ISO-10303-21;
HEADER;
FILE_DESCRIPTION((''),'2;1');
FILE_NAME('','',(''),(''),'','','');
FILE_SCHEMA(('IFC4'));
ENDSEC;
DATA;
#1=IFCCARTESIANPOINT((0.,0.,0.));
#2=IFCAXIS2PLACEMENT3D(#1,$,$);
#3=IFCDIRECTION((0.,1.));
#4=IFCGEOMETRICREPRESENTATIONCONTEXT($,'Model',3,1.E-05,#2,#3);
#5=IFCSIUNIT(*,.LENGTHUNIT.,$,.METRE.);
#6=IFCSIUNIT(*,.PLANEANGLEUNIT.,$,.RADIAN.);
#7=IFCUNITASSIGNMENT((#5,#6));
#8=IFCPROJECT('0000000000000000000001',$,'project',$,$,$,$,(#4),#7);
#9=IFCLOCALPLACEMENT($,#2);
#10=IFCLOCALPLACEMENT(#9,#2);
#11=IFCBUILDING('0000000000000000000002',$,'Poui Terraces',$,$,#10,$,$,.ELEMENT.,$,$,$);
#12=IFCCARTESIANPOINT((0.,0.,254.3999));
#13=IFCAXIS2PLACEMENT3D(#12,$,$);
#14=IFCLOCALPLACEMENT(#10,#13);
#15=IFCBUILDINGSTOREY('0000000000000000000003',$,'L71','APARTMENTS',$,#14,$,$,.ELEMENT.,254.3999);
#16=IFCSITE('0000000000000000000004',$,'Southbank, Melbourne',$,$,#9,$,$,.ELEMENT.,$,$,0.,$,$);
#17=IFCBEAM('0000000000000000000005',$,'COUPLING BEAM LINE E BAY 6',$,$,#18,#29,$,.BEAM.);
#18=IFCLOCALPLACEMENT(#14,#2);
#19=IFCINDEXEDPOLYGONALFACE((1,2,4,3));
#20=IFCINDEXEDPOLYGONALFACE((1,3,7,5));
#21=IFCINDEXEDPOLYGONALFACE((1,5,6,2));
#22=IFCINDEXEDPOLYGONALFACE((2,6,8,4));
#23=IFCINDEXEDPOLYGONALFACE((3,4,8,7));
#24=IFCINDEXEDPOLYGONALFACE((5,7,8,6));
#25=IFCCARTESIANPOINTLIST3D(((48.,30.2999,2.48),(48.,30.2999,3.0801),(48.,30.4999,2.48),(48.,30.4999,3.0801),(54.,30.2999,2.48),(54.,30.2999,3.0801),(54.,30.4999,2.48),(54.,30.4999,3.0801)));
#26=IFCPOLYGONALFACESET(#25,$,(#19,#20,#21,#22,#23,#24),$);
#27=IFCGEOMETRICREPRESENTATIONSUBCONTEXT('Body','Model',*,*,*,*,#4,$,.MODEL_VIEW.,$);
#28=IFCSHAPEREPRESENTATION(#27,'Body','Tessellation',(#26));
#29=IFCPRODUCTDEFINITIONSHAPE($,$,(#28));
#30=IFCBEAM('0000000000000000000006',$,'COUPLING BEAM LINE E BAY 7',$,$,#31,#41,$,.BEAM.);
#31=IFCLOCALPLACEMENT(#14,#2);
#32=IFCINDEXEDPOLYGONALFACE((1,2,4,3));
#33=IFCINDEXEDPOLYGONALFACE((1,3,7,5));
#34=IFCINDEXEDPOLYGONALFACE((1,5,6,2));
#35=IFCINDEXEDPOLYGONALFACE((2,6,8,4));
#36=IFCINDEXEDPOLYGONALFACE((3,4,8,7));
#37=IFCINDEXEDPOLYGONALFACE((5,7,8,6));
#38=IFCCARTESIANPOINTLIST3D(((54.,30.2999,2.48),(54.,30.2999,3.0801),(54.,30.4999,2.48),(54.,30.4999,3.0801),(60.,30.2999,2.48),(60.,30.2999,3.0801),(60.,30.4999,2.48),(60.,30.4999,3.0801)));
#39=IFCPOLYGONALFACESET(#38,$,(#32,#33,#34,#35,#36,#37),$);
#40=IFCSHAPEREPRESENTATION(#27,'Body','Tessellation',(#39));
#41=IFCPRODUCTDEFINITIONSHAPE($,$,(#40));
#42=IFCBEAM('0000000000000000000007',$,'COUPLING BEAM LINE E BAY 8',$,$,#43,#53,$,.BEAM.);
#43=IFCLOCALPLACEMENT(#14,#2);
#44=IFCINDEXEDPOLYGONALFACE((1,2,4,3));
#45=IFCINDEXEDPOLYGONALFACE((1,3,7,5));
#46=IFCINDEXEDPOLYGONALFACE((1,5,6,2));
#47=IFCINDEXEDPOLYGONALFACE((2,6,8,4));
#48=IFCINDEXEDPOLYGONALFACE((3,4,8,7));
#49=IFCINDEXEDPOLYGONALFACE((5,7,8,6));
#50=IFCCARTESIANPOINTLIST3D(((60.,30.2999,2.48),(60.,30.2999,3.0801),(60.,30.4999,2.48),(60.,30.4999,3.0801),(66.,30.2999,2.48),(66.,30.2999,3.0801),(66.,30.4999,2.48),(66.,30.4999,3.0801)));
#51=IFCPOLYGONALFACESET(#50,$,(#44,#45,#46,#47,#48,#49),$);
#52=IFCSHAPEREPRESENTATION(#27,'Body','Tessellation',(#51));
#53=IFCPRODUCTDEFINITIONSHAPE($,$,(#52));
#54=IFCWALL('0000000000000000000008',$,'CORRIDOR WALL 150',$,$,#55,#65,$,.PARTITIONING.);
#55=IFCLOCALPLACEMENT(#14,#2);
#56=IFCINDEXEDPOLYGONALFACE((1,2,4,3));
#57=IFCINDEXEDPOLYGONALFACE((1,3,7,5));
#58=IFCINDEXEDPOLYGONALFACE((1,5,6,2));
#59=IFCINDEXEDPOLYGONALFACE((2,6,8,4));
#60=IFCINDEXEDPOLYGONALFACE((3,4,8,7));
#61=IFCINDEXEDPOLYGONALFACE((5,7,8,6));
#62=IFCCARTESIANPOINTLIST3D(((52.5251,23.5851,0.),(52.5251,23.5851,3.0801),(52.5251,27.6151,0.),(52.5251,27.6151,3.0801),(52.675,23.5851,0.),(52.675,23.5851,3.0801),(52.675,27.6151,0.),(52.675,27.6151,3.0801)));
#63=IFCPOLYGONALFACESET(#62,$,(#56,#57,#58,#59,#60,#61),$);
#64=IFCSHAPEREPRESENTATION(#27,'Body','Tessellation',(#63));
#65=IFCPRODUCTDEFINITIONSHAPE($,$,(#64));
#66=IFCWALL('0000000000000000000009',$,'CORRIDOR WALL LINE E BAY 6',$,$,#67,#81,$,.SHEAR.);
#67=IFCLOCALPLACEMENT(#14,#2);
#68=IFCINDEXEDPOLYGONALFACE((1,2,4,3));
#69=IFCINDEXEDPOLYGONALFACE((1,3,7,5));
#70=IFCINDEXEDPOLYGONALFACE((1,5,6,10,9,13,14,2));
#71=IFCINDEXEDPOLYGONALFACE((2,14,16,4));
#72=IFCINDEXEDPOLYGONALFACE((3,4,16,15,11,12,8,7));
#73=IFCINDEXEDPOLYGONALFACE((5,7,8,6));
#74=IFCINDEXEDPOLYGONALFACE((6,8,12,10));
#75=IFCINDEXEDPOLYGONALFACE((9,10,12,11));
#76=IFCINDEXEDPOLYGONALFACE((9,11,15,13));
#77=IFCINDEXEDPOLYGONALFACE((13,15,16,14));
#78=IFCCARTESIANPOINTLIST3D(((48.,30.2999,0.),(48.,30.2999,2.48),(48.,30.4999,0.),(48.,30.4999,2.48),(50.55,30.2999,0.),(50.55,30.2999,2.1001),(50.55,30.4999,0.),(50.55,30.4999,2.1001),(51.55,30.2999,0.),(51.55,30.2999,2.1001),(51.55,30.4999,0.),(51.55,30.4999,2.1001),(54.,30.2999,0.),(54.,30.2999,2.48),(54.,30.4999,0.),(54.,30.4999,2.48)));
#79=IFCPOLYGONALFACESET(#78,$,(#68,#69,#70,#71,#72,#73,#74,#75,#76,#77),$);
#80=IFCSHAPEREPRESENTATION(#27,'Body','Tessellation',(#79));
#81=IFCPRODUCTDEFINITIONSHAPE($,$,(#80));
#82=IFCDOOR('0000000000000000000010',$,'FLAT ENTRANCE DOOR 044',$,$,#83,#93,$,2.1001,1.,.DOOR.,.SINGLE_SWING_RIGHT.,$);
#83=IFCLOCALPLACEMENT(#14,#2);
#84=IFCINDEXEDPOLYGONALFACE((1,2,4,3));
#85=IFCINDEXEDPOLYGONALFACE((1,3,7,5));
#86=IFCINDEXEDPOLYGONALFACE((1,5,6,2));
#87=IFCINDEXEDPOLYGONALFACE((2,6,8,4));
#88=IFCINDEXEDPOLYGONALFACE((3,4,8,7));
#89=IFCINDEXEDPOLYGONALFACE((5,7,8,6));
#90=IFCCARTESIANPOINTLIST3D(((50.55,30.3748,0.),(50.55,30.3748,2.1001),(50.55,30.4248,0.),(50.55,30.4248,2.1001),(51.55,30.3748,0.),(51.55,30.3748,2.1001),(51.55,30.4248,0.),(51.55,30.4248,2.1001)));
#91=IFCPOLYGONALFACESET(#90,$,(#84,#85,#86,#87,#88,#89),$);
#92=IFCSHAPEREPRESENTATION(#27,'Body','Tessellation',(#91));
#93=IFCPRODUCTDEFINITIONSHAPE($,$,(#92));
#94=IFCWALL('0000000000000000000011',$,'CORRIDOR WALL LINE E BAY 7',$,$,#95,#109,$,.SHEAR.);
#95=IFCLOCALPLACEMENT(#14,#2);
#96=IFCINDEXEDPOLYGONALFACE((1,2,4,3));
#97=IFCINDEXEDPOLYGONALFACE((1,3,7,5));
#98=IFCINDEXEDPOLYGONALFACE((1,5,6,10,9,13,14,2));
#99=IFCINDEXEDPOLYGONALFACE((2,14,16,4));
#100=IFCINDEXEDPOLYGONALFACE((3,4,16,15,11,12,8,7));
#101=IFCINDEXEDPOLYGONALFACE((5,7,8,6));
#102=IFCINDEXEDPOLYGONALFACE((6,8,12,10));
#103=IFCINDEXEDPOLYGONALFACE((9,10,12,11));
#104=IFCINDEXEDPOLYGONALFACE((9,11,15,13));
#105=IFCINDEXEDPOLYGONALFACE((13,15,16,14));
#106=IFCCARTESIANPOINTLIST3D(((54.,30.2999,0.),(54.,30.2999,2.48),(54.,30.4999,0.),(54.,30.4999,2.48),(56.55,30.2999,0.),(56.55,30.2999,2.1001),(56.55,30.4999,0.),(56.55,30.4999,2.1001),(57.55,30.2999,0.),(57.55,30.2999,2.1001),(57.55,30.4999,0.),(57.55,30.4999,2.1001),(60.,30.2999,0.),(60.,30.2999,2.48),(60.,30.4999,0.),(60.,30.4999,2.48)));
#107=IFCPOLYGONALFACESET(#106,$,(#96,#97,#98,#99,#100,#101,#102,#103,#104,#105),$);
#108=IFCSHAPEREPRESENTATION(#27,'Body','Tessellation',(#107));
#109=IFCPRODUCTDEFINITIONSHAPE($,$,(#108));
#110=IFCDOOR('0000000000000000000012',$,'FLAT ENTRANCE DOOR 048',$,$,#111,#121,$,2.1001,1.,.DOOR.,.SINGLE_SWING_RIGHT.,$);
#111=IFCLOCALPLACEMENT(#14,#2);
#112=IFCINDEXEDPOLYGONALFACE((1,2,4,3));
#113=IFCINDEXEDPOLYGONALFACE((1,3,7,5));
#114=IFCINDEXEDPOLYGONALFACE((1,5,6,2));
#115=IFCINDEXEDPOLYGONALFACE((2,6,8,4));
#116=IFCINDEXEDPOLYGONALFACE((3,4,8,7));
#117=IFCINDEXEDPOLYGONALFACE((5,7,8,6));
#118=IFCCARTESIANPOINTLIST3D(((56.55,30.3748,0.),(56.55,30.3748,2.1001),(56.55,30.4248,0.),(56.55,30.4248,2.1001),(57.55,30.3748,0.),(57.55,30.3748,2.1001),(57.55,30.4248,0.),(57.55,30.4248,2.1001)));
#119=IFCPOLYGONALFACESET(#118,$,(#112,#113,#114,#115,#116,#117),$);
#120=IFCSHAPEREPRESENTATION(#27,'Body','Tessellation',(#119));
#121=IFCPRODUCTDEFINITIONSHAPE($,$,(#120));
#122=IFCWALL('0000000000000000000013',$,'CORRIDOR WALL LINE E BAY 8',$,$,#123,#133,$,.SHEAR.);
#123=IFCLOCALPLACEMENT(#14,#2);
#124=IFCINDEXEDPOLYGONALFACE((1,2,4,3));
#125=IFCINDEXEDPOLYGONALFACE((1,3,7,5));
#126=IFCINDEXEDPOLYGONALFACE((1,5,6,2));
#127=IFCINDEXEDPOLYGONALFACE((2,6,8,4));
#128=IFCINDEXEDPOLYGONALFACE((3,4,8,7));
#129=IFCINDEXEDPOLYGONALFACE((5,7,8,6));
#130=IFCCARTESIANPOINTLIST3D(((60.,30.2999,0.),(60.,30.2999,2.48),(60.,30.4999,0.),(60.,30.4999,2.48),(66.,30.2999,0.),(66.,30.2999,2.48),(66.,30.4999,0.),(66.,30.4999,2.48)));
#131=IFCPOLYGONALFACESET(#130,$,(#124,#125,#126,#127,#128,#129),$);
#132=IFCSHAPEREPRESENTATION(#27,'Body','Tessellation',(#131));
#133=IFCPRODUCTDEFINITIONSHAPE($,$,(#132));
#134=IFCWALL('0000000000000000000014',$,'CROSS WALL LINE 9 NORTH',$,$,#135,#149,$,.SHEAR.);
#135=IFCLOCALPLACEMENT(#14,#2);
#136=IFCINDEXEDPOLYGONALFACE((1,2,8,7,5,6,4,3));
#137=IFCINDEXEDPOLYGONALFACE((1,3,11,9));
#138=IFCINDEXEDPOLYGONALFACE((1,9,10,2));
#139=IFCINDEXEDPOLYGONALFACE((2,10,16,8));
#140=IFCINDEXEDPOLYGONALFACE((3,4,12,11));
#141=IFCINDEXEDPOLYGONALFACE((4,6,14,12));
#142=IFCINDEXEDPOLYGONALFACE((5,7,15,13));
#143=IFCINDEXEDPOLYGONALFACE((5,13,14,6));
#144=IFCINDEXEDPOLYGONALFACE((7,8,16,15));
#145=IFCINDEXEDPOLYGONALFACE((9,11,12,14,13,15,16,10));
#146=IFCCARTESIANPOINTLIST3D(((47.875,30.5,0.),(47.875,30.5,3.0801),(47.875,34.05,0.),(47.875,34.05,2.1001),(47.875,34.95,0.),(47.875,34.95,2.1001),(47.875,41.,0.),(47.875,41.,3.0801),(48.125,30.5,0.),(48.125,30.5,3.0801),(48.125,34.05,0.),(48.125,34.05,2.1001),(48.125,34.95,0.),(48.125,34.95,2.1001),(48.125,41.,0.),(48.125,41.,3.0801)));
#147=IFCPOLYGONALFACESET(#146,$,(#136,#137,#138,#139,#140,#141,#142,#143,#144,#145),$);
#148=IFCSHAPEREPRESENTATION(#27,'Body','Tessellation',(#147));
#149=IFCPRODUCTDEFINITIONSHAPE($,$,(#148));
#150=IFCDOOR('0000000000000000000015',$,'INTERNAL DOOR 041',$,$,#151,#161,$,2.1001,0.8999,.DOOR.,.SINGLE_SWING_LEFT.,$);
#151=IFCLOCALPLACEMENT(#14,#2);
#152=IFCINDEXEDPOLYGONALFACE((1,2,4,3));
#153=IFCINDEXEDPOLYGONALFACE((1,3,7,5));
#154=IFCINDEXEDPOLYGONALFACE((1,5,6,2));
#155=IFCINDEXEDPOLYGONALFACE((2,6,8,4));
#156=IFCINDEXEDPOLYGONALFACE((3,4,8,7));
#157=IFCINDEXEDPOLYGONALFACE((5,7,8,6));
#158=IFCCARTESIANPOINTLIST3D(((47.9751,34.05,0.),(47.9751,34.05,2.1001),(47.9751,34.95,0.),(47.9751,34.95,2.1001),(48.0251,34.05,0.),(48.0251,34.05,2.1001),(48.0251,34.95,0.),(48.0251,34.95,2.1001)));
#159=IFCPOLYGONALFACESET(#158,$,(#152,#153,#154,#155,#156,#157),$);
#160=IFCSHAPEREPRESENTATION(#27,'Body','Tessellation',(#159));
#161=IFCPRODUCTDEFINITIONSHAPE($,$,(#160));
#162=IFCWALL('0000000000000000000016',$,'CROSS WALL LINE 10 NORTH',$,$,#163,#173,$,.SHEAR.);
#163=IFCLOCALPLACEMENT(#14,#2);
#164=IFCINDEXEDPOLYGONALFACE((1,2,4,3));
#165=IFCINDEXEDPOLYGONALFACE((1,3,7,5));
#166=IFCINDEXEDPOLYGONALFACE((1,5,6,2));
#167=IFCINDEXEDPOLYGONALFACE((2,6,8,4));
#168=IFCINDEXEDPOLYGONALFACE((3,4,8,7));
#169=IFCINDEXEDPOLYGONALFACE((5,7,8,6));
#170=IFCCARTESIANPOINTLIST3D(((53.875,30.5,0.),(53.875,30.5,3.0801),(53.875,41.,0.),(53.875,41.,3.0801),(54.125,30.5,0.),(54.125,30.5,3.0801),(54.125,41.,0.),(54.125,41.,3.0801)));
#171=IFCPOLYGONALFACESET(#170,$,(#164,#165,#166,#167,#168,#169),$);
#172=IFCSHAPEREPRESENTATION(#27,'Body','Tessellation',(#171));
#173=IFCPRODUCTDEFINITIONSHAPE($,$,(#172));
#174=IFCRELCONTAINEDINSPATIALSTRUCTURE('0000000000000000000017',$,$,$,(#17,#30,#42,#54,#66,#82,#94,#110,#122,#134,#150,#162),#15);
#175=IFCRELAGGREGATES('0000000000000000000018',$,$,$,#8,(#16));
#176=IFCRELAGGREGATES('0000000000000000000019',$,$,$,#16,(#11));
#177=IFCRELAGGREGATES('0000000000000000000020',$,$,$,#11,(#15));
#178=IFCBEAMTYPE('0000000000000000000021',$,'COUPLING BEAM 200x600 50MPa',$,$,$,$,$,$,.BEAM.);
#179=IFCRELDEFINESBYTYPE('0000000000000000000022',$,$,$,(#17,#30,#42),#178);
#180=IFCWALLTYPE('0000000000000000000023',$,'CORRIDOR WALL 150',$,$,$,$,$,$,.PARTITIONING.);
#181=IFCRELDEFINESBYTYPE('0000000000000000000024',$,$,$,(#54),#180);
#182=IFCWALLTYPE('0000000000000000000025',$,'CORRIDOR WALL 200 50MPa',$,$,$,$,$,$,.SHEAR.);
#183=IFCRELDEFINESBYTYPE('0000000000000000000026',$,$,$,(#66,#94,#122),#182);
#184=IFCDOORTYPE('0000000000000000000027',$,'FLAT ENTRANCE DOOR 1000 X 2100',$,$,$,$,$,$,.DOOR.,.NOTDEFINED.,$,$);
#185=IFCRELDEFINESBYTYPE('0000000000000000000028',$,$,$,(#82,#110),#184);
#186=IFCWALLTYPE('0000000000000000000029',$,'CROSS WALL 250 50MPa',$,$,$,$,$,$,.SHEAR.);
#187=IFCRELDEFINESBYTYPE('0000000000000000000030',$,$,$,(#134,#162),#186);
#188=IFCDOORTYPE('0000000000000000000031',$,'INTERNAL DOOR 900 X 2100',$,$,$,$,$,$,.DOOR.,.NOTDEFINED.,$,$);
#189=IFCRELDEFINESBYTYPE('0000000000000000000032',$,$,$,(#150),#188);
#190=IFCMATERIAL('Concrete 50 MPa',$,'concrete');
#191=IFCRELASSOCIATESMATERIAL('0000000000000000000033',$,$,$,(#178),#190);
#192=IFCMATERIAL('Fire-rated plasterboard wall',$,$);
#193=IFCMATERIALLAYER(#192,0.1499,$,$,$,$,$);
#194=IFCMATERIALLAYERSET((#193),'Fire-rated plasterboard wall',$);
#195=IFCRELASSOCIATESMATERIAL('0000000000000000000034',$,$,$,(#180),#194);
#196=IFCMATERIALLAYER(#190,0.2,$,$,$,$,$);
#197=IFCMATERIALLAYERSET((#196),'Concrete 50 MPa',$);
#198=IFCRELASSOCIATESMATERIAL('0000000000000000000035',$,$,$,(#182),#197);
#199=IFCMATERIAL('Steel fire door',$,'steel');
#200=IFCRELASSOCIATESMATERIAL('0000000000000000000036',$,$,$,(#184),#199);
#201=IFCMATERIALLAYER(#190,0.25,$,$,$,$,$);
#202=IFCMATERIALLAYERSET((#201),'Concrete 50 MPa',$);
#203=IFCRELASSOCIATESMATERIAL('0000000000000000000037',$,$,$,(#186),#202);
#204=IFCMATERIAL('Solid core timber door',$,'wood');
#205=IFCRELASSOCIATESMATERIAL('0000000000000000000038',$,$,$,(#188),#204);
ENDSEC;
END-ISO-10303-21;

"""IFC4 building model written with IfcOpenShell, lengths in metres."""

from ifc_helpers import new_model, si_unit, direction, frame, frame_2d, origin, origin_2d, place, context, subcontext, project, spatial, rectangle, extrude, source, transform, mapped, material, layer, layer_set, material_profile, profile_set, type_object, element, fill, save


model = new_model("IFC4")

# Units and contexts
model_context = context("Model", 3, precision=1e-05, world=origin(), true_north=direction((0.0, 1.0)))
body_context = subcontext(model_context, "Body", "Model", "MODEL_VIEW")
ifc_project = project(units=[si_unit("LENGTHUNIT", "METRE"), si_unit("PLANEANGLEUNIT", "RADIAN")], contexts=[model_context])

# Site, building, storey
site_placement = place(None, origin())
site = spatial("IfcSite", under=ifc_project, at=site_placement, Name="Southbank, Melbourne", CompositionType="ELEMENT", RefElevation=0.0)
building_placement = place(site_placement, origin())
building = spatial("IfcBuilding", under=site, at=building_placement, Name="Poui Terraces", CompositionType="ELEMENT")
storey_placement = place(building_placement, frame((0.0, 0.0, 254.3999)))
storey = spatial("IfcBuildingStorey", under=building, at=storey_placement, Name="L71", Description="APARTMENTS", CompositionType="ELEMENT", Elevation=254.3999)

# Beams
ifc_material_1 = material(Name="Concrete 50 MPa", Category="concrete")
ifc_material_profile = material_profile(ifc_material_1, rectangle(XDim=0.2, YDim=0.6001, at=origin_2d()), Name="RC 200x600")
ifc_profile_set = profile_set([ifc_material_profile], Name="Concrete 50 MPa")
beam_type = type_object("IfcBeamType", Name="COUPLING BEAM 200x600 50MPa", PredefinedType="BEAM", material=ifc_profile_set)
shared_shape = source(origin(), body_context, "Body", "SweptSolid", [
    extrude(rectangle(XDim=0.2, YDim=0.6001, at=origin_2d()), origin(), (0.0, 0.0, 1.0), 6.0),
])
for number, where, z_axis, x_axis, name in (
    (1, (48.0, 30.3999, 2.78), (1.0, 0.0, 0.0), (0.0, 1.0, 0.0), "COUPLING BEAM LINE E BAY 6"),
    (2, (54.0, 30.3999, 2.78), (1.0, 0.0, 0.0), (0.0, 1.0, 0.0), "COUPLING BEAM LINE E BAY 7"),
    (3, (60.0, 30.3999, 2.78), (1.0, 0.0, 0.0), (0.0, 1.0, 0.0), "COUPLING BEAM LINE E BAY 8"),
):
    element("IfcBeam", number, at=place(storey_placement, frame(where, z_axis=z_axis, x_axis=x_axis)), inside=storey, type_object=beam_type, Name=name, PredefinedType="BEAM", context=body_context, shape_type="MappedRepresentation", body=[
        mapped(shared_shape, transform((0.0, 0.0, 0.0))),
    ])

# Wall
ifc_material_2 = material(Name="Fire-rated plasterboard wall")
ifc_layer_1 = layer(ifc_material_2, 0.1499)
ifc_layer_set_1 = layer_set([ifc_layer_1], Name="Fire-rated plasterboard wall")
wall_type_1 = type_object("IfcWallType", Name="CORRIDOR WALL 150", PredefinedType="PARTITIONING", material=ifc_layer_set_1)
wall_1_placement = place(storey_placement, frame((52.6001, 23.585, 0.0), z_axis=(0.0, 0.0, 1.0), x_axis=(0.0, 1.0, 0.0)))
element("IfcWall", 4, at=wall_1_placement, inside=storey, type_object=wall_type_1, Name="CORRIDOR WALL 150", PredefinedType="PARTITIONING", context=body_context, shape_type="SweptSolid", body=[
    extrude(rectangle(XDim=4.03, YDim=0.1499, at=frame_2d((2.0151, 0.0))), origin(), (0.0, 0.0, 1.0), 3.0801),
])

# Walls, openings, doors
ifc_layer_2 = layer(ifc_material_1, 0.2)
ifc_layer_set_2 = layer_set([ifc_layer_2], Name="Concrete 50 MPa")
wall_type_2 = type_object("IfcWallType", Name="CORRIDOR WALL 200 50MPa", PredefinedType="SHEAR", material=ifc_layer_set_2)
wall_2_placement = place(storey_placement, frame((48.0, 30.3999, 0.0), z_axis=(0.0, 0.0, 1.0), x_axis=(1.0, 0.0, 0.0)))
wall_2 = element("IfcWall", 5, at=wall_2_placement, inside=storey, type_object=wall_type_2, Name="CORRIDOR WALL LINE E BAY 6", PredefinedType="SHEAR", context=body_context, shape_type="SweptSolid", body=[
    extrude(rectangle(XDim=6.0, YDim=0.2, at=frame_2d((3.0, 0.0))), origin(), (0.0, 0.0, 1.0), 2.48),
])
opening_1_placement = place(wall_2_placement, frame((2.55, 0.0, 0.0)))
opening_1 = element("IfcOpeningElement", 6, at=opening_1_placement, cuts=wall_2, PredefinedType="OPENING", context=body_context, shape_type="SweptSolid", body=[
    extrude(rectangle(XDim=1.0, YDim=2.1001, at=frame_2d((0.5, 1.05))), frame((0.0, 0.1099, 0.0), z_axis=(0.0, -1.0, 0.0), x_axis=(1.0, 0.0, 0.0)), (0.0, 0.0, 1.0), 0.22),
])
ifc_material_3 = material(Name="Steel fire door", Category="steel")
door_type_1 = type_object("IfcDoorType", Name="FLAT ENTRANCE DOOR 1000 X 2100", OperationType="NOTDEFINED", PredefinedType="DOOR", material=ifc_material_3)
door_1_placement = place(opening_1_placement, origin())
door_1 = element("IfcDoor", 7, at=door_1_placement, inside=storey, type_object=door_type_1, Name="FLAT ENTRANCE DOOR 044", OperationType="SINGLE_SWING_RIGHT", OverallHeight=2.1001, OverallWidth=1.0, PredefinedType="DOOR", context=body_context, shape_type="SweptSolid", body=[
    extrude(rectangle(XDim=1.0, YDim=2.1001, at=frame_2d((0.5, 1.05))), frame((0.0, 0.0249, 0.0), z_axis=(0.0, -1.0, 0.0), x_axis=(1.0, 0.0, 0.0)), (0.0, 0.0, 1.0), 0.05),
])
fill(opening_1, door_1)
wall_3_placement = place(storey_placement, frame((54.0, 30.3999, 0.0), z_axis=(0.0, 0.0, 1.0), x_axis=(1.0, 0.0, 0.0)))
wall_3 = element("IfcWall", 8, at=wall_3_placement, inside=storey, type_object=wall_type_2, Name="CORRIDOR WALL LINE E BAY 7", PredefinedType="SHEAR", context=body_context, shape_type="SweptSolid", body=[
    extrude(rectangle(XDim=6.0, YDim=0.2, at=frame_2d((3.0, 0.0))), origin(), (0.0, 0.0, 1.0), 2.48),
])
opening_2_placement = place(wall_3_placement, frame((2.55, 0.0, 0.0)))
opening_2 = element("IfcOpeningElement", 9, at=opening_2_placement, cuts=wall_3, PredefinedType="OPENING", context=body_context, shape_type="SweptSolid", body=[
    extrude(rectangle(XDim=1.0, YDim=2.1001, at=frame_2d((0.5, 1.05))), frame((0.0, 0.1099, 0.0), z_axis=(0.0, -1.0, 0.0), x_axis=(1.0, 0.0, 0.0)), (0.0, 0.0, 1.0), 0.22),
])
door_2_placement = place(opening_2_placement, origin())
door_2 = element("IfcDoor", 10, at=door_2_placement, inside=storey, type_object=door_type_1, Name="FLAT ENTRANCE DOOR 048", OperationType="SINGLE_SWING_RIGHT", OverallHeight=2.1001, OverallWidth=1.0, PredefinedType="DOOR", context=body_context, shape_type="SweptSolid", body=[
    extrude(rectangle(XDim=1.0, YDim=2.1001, at=frame_2d((0.5, 1.05))), frame((0.0, 0.0249, 0.0), z_axis=(0.0, -1.0, 0.0), x_axis=(1.0, 0.0, 0.0)), (0.0, 0.0, 1.0), 0.05),
])
fill(opening_2, door_2)

# Wall
wall_4_placement = place(storey_placement, frame((60.0, 30.3999, 0.0), z_axis=(0.0, 0.0, 1.0), x_axis=(1.0, 0.0, 0.0)))
element("IfcWall", 11, at=wall_4_placement, inside=storey, type_object=wall_type_2, Name="CORRIDOR WALL LINE E BAY 8", PredefinedType="SHEAR", context=body_context, shape_type="SweptSolid", body=[
    extrude(rectangle(XDim=6.0, YDim=0.2, at=frame_2d((3.0, 0.0))), origin(), (0.0, 0.0, 1.0), 2.48),
])

# Wall, opening, door
ifc_layer_3 = layer(ifc_material_1, 0.25)
ifc_layer_set_3 = layer_set([ifc_layer_3], Name="Concrete 50 MPa")
wall_type_3 = type_object("IfcWallType", Name="CROSS WALL 250 50MPa", PredefinedType="SHEAR", material=ifc_layer_set_3)
wall_5_placement = place(storey_placement, frame((48.0, 30.5, 0.0), z_axis=(0.0, 0.0, 1.0), x_axis=(0.0, 1.0, 0.0)))
wall_5 = element("IfcWall", 12, at=wall_5_placement, inside=storey, type_object=wall_type_3, Name="CROSS WALL LINE 9 NORTH", PredefinedType="SHEAR", context=body_context, shape_type="SweptSolid", body=[
    extrude(rectangle(XDim=10.5, YDim=0.25, at=frame_2d((5.25, 0.0))), origin(), (0.0, 0.0, 1.0), 3.0801),
])
opening_3_placement = place(wall_5_placement, frame((3.55, 0.0, 0.0)))
opening_3 = element("IfcOpeningElement", 13, at=opening_3_placement, cuts=wall_5, PredefinedType="OPENING", context=body_context, shape_type="SweptSolid", body=[
    extrude(rectangle(XDim=0.8999, YDim=2.1001, at=frame_2d((0.45, 1.05))), frame((0.0, 0.135, 0.0), z_axis=(0.0, -1.0, 0.0), x_axis=(1.0, 0.0, 0.0)), (0.0, 0.0, 1.0), 0.27),
])
ifc_material_4 = material(Name="Solid core timber door", Category="wood")
door_type_2 = type_object("IfcDoorType", Name="INTERNAL DOOR 900 X 2100", OperationType="NOTDEFINED", PredefinedType="DOOR", material=ifc_material_4)
door_3_placement = place(opening_3_placement, origin())
door_3 = element("IfcDoor", 14, at=door_3_placement, inside=storey, type_object=door_type_2, Name="INTERNAL DOOR 041", OperationType="SINGLE_SWING_LEFT", OverallHeight=2.1001, OverallWidth=0.8999, PredefinedType="DOOR", context=body_context, shape_type="SweptSolid", body=[
    extrude(rectangle(XDim=0.8999, YDim=2.1001, at=frame_2d((0.45, 1.05))), frame((0.0, 0.0249, 0.0), z_axis=(0.0, -1.0, 0.0), x_axis=(1.0, 0.0, 0.0)), (0.0, 0.0, 1.0), 0.05),
])
fill(opening_3, door_3)

# Wall
wall_6_placement = place(storey_placement, frame((54.0, 30.5, 0.0), z_axis=(0.0, 0.0, 1.0), x_axis=(0.0, 1.0, 0.0)))
element("IfcWall", 15, at=wall_6_placement, inside=storey, type_object=wall_type_3, Name="CROSS WALL LINE 10 NORTH", PredefinedType="SHEAR", context=body_context, shape_type="SweptSolid", body=[
    extrude(rectangle(XDim=10.5, YDim=0.25, at=frame_2d((5.25, 0.0))), origin(), (0.0, 0.0, 1.0), 3.0801),
])

save(model, "model.ifc")
